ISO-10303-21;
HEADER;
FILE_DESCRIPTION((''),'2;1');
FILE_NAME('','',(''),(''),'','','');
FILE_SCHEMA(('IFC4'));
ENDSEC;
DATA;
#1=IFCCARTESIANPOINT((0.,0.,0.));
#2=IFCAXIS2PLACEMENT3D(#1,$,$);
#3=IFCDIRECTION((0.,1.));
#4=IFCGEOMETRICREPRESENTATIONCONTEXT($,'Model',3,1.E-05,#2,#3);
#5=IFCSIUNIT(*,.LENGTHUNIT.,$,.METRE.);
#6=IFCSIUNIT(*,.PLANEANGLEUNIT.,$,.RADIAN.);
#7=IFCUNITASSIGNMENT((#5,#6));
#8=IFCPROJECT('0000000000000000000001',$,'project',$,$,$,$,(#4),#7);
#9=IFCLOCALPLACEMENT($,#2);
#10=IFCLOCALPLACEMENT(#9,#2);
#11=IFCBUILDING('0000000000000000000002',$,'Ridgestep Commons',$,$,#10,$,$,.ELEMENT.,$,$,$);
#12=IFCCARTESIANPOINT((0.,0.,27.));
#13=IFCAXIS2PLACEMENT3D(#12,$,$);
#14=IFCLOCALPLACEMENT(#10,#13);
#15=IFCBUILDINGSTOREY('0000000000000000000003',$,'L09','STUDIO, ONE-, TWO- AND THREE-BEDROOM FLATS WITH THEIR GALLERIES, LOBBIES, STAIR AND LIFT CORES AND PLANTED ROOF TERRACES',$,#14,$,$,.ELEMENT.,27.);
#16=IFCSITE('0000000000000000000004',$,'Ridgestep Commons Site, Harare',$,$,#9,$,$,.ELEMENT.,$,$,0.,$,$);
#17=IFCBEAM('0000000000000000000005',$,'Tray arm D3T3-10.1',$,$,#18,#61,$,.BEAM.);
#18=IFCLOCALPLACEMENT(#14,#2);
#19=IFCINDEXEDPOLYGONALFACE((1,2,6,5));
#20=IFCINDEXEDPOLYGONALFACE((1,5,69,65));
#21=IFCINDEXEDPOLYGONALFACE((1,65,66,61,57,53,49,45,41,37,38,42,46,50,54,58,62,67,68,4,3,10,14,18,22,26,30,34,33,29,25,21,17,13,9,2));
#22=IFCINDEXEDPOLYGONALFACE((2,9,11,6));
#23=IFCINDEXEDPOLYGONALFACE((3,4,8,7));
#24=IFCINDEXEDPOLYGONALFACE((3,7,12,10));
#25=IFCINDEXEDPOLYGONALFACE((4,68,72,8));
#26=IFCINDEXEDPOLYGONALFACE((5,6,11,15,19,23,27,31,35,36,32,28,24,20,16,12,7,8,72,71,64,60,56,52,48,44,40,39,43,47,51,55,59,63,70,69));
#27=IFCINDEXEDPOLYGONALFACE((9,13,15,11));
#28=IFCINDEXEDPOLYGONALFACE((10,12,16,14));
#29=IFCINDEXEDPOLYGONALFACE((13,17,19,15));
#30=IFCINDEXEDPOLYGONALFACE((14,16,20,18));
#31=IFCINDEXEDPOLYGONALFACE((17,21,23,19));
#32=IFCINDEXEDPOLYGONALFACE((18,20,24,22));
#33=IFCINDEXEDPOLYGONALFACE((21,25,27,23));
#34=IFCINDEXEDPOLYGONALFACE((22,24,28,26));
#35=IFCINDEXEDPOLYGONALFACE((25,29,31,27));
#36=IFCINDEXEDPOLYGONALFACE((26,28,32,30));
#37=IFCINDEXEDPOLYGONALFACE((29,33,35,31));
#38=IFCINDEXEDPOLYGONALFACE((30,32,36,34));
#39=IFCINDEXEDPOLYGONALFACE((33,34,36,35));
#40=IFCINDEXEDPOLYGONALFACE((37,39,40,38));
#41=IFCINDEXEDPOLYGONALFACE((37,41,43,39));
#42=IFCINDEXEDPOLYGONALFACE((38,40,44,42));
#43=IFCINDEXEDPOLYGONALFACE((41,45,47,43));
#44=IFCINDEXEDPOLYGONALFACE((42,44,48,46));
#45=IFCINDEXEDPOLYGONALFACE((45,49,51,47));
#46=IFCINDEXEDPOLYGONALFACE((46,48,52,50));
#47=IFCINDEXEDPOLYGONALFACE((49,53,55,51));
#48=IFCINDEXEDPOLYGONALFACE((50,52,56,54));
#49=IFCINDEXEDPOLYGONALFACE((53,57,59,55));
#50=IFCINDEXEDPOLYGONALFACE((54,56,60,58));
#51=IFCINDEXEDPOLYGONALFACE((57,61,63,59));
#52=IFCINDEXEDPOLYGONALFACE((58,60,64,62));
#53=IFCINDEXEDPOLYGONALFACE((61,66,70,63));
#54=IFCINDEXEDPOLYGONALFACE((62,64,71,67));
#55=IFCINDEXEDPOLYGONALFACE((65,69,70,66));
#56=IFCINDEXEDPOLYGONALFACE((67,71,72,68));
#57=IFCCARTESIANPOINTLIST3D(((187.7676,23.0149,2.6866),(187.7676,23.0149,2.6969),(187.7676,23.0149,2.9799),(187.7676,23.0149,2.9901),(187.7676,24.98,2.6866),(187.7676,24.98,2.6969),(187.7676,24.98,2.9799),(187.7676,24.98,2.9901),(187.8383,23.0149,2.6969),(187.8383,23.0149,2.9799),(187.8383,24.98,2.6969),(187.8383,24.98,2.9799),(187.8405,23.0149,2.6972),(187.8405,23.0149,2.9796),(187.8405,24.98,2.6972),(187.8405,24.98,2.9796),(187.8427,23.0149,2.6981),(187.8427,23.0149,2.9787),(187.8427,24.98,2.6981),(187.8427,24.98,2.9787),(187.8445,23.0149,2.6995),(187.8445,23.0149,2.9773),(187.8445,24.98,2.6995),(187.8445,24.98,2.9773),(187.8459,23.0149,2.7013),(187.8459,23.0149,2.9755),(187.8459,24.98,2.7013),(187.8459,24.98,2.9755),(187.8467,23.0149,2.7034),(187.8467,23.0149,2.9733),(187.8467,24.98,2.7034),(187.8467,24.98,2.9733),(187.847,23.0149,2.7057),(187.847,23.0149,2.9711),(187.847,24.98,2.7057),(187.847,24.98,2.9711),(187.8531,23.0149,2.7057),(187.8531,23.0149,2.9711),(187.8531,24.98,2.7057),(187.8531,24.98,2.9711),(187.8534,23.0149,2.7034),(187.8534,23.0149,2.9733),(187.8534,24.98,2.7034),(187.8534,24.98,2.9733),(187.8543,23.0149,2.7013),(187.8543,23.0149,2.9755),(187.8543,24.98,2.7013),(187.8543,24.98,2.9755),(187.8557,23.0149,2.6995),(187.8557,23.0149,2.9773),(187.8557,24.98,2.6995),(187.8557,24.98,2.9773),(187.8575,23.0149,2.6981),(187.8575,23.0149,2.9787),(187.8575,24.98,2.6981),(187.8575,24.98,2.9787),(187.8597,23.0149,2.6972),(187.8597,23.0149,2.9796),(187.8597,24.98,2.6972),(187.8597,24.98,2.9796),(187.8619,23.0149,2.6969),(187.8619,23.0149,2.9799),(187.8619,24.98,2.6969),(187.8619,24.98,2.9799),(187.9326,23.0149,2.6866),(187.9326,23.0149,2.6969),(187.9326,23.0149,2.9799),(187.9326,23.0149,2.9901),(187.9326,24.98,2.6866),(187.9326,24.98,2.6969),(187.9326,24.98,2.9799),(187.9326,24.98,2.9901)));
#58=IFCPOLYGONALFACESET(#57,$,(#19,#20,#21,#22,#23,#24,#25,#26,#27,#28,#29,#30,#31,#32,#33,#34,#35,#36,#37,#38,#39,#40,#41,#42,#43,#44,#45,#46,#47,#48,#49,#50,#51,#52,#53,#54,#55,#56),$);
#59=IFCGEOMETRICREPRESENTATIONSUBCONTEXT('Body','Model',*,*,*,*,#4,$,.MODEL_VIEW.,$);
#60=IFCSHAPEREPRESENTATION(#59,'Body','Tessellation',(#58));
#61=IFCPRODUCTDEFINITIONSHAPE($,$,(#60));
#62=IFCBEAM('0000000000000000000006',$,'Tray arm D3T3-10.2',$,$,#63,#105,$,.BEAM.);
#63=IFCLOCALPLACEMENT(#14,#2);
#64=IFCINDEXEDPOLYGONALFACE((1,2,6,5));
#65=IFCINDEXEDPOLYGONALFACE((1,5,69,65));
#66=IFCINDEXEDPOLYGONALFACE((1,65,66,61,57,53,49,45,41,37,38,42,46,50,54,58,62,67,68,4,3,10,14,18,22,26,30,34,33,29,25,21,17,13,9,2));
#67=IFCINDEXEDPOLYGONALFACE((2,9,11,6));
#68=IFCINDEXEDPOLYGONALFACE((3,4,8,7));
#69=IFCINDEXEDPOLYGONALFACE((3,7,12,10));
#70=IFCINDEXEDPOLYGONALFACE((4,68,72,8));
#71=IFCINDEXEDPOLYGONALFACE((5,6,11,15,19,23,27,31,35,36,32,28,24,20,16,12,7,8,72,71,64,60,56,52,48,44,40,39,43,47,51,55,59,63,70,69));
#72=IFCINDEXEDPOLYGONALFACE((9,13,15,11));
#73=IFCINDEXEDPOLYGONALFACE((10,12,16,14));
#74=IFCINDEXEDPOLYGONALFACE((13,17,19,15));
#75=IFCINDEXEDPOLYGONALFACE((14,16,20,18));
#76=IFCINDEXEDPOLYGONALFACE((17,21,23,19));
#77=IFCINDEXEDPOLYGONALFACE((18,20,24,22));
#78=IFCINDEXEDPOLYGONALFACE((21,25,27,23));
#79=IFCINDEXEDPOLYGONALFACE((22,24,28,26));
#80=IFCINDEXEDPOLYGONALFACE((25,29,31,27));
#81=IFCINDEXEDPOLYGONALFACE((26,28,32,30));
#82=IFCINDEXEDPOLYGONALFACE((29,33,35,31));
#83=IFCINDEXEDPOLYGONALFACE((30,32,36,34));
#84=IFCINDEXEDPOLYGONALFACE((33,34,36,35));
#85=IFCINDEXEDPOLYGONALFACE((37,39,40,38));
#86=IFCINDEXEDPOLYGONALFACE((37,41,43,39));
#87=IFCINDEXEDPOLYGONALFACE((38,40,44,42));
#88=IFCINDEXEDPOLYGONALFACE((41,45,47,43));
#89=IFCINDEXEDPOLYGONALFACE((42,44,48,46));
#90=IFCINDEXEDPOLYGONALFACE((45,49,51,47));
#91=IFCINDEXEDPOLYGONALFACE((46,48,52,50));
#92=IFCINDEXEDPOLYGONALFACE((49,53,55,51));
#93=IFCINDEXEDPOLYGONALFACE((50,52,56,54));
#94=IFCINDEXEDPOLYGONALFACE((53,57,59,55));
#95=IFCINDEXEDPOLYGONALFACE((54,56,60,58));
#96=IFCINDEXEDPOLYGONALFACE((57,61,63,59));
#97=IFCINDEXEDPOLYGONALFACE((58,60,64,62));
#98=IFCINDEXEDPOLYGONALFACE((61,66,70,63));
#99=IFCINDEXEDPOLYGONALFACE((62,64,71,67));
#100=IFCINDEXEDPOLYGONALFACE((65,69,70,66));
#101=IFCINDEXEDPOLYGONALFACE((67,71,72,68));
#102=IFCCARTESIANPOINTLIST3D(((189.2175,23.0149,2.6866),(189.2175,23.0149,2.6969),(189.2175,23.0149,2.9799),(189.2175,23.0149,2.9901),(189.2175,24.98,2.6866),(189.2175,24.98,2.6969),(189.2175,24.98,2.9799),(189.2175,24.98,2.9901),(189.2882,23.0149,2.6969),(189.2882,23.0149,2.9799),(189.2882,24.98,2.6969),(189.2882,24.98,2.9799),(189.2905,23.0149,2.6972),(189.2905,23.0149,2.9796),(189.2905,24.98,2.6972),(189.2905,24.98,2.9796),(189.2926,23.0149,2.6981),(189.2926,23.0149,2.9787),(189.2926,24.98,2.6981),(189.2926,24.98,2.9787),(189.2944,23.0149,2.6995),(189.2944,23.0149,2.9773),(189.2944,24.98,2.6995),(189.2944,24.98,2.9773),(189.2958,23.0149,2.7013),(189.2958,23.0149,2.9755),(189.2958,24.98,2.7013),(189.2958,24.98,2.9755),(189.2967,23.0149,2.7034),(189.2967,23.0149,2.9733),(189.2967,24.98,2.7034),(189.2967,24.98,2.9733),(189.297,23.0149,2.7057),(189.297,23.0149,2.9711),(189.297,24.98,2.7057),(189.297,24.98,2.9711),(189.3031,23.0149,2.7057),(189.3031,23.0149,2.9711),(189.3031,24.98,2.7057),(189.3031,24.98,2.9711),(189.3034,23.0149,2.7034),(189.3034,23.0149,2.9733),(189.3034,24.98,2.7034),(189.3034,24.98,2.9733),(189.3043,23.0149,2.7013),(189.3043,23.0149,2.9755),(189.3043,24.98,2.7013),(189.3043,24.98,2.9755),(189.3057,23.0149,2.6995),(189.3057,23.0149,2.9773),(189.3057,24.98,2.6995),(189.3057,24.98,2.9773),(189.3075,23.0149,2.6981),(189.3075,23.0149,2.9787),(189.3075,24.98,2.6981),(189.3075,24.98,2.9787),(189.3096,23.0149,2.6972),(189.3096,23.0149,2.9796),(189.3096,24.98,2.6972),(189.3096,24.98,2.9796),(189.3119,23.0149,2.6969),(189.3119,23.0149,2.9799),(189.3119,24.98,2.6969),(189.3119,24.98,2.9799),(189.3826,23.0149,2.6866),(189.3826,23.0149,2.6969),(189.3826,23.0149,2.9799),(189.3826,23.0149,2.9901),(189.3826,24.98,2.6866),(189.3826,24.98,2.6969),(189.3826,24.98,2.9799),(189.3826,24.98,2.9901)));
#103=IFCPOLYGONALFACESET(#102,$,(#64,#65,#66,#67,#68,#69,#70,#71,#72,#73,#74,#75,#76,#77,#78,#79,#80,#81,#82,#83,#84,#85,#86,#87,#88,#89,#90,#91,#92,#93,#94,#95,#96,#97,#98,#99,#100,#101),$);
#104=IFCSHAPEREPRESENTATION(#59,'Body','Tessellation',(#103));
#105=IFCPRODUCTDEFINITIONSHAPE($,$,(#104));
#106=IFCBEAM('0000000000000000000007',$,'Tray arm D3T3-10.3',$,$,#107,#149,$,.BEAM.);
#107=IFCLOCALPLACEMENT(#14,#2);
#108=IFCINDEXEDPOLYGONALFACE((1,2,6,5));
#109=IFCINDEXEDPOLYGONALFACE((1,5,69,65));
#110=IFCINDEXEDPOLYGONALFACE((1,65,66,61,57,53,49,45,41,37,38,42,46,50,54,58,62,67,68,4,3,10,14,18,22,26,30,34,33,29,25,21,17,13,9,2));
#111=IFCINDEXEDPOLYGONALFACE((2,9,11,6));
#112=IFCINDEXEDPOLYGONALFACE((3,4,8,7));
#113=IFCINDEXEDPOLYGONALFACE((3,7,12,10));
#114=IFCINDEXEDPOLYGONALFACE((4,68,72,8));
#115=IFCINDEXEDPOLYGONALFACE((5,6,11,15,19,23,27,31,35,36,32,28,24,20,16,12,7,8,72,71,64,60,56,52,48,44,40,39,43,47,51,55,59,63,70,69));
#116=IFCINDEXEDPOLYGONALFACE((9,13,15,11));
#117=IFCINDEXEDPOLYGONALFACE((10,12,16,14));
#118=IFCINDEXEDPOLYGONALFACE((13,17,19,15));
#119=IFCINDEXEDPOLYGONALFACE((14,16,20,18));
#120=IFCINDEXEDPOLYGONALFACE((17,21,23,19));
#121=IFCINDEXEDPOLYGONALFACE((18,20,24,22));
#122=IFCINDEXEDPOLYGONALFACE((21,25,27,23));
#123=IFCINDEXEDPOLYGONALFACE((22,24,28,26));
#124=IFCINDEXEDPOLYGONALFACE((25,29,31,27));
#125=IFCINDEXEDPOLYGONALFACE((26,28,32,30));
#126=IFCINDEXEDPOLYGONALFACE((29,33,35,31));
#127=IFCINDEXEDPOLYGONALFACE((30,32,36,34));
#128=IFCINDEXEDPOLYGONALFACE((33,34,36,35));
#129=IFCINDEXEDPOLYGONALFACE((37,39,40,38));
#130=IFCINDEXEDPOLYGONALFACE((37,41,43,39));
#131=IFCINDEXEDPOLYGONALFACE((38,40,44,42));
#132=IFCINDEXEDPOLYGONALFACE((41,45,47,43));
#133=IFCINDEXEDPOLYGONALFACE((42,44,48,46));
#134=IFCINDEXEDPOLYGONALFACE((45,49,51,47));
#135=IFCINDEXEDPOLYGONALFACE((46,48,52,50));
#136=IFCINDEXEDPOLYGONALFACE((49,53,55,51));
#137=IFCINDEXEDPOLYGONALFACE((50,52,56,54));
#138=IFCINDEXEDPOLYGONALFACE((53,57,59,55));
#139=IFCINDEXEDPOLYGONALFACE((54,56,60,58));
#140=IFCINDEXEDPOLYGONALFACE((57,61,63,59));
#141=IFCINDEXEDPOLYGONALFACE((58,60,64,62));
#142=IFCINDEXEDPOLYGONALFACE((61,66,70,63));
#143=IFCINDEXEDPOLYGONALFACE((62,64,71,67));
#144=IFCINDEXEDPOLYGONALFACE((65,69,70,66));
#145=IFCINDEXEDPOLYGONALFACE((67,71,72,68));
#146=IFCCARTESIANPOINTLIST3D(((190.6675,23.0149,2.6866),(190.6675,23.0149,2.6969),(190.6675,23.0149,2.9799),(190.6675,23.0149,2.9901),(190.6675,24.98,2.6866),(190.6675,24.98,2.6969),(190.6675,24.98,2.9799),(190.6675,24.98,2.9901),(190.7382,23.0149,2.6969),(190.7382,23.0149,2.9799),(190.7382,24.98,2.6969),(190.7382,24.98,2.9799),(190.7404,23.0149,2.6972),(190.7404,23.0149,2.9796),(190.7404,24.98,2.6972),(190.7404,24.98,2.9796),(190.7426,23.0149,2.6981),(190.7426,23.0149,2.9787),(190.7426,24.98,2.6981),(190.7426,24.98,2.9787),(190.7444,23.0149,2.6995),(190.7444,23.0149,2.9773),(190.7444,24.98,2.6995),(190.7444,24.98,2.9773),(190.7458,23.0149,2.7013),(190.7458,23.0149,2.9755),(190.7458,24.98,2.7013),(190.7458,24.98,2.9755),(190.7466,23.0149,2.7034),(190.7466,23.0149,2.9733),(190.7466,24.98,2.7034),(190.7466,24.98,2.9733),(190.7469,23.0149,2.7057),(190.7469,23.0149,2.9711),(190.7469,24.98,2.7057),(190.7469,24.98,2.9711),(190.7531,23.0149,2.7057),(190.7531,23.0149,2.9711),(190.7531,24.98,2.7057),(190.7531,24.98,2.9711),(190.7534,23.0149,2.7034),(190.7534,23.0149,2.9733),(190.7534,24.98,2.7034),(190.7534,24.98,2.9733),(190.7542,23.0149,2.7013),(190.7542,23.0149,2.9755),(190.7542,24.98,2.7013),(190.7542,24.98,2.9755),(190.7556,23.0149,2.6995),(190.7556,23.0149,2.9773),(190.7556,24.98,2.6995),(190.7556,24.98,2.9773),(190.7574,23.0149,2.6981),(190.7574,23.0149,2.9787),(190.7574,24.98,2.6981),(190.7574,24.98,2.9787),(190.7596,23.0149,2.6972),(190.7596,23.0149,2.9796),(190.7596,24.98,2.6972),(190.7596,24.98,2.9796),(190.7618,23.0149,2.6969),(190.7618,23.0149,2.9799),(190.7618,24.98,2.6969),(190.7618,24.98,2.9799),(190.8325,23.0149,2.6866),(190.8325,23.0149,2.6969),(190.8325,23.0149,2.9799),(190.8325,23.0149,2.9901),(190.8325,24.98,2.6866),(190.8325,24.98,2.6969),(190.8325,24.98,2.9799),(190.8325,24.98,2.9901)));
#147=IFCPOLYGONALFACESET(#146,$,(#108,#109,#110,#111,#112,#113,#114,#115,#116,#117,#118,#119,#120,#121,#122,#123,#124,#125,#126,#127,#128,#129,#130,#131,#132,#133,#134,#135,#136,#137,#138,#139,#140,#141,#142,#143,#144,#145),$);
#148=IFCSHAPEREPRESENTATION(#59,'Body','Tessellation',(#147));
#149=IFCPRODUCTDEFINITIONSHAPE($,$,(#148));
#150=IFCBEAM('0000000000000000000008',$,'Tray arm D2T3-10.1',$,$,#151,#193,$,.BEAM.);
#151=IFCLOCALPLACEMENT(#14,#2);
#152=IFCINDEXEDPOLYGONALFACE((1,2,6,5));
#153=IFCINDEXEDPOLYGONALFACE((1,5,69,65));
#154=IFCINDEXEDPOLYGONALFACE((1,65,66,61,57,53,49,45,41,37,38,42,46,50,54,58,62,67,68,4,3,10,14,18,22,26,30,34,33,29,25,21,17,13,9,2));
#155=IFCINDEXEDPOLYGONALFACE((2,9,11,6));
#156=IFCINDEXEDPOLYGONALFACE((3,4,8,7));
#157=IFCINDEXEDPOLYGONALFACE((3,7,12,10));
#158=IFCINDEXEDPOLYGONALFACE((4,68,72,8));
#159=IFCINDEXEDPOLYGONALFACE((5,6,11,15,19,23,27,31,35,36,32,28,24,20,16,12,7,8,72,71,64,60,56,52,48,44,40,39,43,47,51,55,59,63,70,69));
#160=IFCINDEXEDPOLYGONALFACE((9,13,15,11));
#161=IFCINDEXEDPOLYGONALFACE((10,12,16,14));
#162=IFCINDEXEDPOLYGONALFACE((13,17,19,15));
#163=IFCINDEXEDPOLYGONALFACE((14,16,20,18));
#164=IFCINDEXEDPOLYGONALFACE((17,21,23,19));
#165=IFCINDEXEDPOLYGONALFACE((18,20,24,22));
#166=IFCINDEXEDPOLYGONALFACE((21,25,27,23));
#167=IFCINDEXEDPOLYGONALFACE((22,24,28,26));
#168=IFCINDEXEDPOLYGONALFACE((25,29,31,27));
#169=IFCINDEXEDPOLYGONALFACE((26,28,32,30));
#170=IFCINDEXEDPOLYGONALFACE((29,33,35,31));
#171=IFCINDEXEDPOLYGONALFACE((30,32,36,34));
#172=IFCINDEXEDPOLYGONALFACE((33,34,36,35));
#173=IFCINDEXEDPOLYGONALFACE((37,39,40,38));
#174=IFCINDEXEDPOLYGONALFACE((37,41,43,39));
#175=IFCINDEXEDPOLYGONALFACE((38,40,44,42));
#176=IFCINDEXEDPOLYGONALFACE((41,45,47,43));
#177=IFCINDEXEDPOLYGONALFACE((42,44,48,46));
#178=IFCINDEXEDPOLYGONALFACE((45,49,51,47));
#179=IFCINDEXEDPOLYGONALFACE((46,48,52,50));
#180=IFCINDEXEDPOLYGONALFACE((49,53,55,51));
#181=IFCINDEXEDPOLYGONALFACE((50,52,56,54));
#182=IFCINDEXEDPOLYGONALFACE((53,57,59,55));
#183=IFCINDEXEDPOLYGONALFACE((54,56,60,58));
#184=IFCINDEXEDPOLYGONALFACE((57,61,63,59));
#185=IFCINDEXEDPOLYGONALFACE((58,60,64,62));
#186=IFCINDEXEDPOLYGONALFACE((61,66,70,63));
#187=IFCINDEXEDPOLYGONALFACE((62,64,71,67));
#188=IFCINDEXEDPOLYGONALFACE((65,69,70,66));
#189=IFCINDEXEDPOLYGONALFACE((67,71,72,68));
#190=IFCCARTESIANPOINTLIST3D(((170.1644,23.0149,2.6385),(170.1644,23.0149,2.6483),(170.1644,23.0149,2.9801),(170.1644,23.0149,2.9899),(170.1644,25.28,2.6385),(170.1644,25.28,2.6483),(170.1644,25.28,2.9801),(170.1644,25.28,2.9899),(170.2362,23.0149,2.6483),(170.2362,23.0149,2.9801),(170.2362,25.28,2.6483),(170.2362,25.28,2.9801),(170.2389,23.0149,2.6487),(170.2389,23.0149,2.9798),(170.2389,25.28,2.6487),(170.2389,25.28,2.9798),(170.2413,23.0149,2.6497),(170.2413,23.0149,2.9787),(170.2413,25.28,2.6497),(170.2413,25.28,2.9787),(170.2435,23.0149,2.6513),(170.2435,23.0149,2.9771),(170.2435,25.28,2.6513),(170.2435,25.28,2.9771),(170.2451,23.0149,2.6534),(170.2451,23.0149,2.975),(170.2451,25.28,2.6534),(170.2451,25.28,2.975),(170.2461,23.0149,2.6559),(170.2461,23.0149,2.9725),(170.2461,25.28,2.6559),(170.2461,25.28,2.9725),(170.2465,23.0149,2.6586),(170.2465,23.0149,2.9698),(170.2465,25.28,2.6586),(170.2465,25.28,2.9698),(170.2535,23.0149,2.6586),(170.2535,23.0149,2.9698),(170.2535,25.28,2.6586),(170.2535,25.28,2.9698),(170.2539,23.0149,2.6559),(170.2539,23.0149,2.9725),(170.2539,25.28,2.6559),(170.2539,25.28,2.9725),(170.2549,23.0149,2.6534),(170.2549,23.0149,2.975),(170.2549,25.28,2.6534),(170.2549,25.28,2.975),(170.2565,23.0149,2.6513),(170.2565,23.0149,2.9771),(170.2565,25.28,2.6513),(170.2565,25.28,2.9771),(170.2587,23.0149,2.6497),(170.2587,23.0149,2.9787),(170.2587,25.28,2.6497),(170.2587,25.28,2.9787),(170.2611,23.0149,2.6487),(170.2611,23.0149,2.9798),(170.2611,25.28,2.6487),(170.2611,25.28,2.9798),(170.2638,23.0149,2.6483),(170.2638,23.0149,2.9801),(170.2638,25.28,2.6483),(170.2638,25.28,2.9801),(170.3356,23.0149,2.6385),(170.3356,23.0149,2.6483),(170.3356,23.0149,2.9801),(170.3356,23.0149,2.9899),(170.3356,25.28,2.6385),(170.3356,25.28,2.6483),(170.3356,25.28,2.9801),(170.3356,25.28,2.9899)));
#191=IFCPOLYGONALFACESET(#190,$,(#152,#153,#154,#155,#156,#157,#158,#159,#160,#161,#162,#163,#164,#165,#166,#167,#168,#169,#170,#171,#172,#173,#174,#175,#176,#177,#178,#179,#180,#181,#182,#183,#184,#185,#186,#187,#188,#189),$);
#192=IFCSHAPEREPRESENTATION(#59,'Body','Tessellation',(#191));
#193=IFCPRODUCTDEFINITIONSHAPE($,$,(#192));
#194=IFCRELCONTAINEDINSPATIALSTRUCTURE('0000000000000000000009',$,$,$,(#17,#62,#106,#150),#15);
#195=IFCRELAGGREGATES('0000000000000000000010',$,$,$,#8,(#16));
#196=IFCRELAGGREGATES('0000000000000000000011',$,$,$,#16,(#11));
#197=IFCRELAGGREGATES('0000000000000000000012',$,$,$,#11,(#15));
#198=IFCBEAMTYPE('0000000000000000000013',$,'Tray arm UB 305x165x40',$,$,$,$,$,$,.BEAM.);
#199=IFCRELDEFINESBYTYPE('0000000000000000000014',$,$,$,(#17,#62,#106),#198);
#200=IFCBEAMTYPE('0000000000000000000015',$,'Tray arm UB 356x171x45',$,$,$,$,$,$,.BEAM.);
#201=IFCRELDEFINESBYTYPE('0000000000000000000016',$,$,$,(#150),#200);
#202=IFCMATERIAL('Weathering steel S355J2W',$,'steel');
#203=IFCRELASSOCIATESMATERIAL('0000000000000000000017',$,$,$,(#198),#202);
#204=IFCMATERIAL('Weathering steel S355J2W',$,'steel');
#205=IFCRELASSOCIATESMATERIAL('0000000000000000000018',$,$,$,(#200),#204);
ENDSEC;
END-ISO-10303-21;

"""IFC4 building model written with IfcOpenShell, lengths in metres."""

from ifc_helpers import new_model, si_unit, direction, frame, origin, origin_2d, place, context, subcontext, project, spatial, i_section, extrude, material, material_profile, profile_set, type_object, element, save


model = new_model("IFC4")

# Units and contexts
model_context = context("Model", 3, precision=1e-05, world=origin(), true_north=direction((0.0, 1.0)))
body_context = subcontext(model_context, "Body", "Model", "MODEL_VIEW")
ifc_project = project(units=[si_unit("LENGTHUNIT", "METRE"), si_unit("PLANEANGLEUNIT", "RADIAN")], contexts=[model_context])

# Site, building, storey
site_placement = place(None, origin())
site = spatial("IfcSite", under=ifc_project, at=site_placement, Name="Ridgestep Commons Site, Harare", CompositionType="ELEMENT", RefElevation=0.0)
building_placement = place(site_placement, origin())
building = spatial("IfcBuilding", under=site, at=building_placement, Name="Ridgestep Commons", CompositionType="ELEMENT")
storey_placement = place(building_placement, frame((0.0, 0.0, 27.0)))
storey = spatial("IfcBuildingStorey", under=building, at=storey_placement, Name="L09", Description="STUDIO, ONE-, TWO- AND THREE-BEDROOM FLATS WITH THEIR GALLERIES, LOBBIES, STAIR AND LIFT CORES AND PLANTED ROOF TERRACES", CompositionType="ELEMENT", Elevation=27.0)

# Beams
ifc_material_1 = material(Name="Weathering steel S355J2W", Category="steel")
ifc_material_profile_1 = material_profile(ifc_material_1, i_section(OverallWidth=0.165, OverallDepth=0.3035, WebThickness=0.0061, FlangeThickness=0.0103, FilletRadius=0.0088, at=origin_2d()), Name="UB 305x165x40")
ifc_profile_set_1 = profile_set([ifc_material_profile_1], Name="Weathering steel S355J2W")
beam_type_1 = type_object("IfcBeamType", Name="Tray arm UB 305x165x40", PredefinedType="BEAM", material=ifc_profile_set_1)
for number, where, z_axis, x_axis, name in (
    (1, (187.8501, 23.0149, 2.8384), (0.0, 1.0, 0.0), (-1.0, 0.0, 0.0), "Tray arm D3T3-10.1"),
    (2, (189.3, 23.0149, 2.8384), (0.0, 1.0, 0.0), (-1.0, 0.0, 0.0), "Tray arm D3T3-10.2"),
    (3, (190.75, 23.0149, 2.8384), (0.0, 1.0, 0.0), (-1.0, 0.0, 0.0), "Tray arm D3T3-10.3"),
):
    element("IfcBeam", number, at=place(storey_placement, frame(where, z_axis=z_axis, x_axis=x_axis)), inside=storey, type_object=beam_type_1, Name=name, PredefinedType="BEAM", context=body_context, shape_type="SweptSolid", body=[
        extrude(i_section(OverallWidth=0.165, OverallDepth=0.3035, WebThickness=0.0061, FlangeThickness=0.0103, FilletRadius=0.0088, at=origin_2d()), origin(), (0.0, 0.0, 1.0), 1.9651),
    ])
ifc_material_2 = material(Name="Weathering steel S355J2W", Category="steel")
ifc_material_profile_2 = material_profile(ifc_material_2, i_section(OverallWidth=0.1711, OverallDepth=0.3513, WebThickness=0.0071, FlangeThickness=0.0098, FilletRadius=0.0103, at=origin_2d()), Name="UB 356x171x45")
ifc_profile_set_2 = profile_set([ifc_material_profile_2], Name="Weathering steel S355J2W")
beam_type_2 = type_object("IfcBeamType", Name="Tray arm UB 356x171x45", PredefinedType="BEAM", material=ifc_profile_set_2)
for number, where, z_axis, x_axis, name in (
    (4, (170.25, 23.0149, 2.8142), (0.0, 1.0, 0.0), (-1.0, 0.0, 0.0), "Tray arm D2T3-10.1"),
):
    element("IfcBeam", number, at=place(storey_placement, frame(where, z_axis=z_axis, x_axis=x_axis)), inside=storey, type_object=beam_type_2, Name=name, PredefinedType="BEAM", context=body_context, shape_type="SweptSolid", body=[
        extrude(i_section(OverallWidth=0.1711, OverallDepth=0.3513, WebThickness=0.0071, FlangeThickness=0.0098, FilletRadius=0.0103, at=origin_2d()), origin(), (0.0, 0.0, 1.0), 2.2651),
    ])

save(model, "model.ifc")
